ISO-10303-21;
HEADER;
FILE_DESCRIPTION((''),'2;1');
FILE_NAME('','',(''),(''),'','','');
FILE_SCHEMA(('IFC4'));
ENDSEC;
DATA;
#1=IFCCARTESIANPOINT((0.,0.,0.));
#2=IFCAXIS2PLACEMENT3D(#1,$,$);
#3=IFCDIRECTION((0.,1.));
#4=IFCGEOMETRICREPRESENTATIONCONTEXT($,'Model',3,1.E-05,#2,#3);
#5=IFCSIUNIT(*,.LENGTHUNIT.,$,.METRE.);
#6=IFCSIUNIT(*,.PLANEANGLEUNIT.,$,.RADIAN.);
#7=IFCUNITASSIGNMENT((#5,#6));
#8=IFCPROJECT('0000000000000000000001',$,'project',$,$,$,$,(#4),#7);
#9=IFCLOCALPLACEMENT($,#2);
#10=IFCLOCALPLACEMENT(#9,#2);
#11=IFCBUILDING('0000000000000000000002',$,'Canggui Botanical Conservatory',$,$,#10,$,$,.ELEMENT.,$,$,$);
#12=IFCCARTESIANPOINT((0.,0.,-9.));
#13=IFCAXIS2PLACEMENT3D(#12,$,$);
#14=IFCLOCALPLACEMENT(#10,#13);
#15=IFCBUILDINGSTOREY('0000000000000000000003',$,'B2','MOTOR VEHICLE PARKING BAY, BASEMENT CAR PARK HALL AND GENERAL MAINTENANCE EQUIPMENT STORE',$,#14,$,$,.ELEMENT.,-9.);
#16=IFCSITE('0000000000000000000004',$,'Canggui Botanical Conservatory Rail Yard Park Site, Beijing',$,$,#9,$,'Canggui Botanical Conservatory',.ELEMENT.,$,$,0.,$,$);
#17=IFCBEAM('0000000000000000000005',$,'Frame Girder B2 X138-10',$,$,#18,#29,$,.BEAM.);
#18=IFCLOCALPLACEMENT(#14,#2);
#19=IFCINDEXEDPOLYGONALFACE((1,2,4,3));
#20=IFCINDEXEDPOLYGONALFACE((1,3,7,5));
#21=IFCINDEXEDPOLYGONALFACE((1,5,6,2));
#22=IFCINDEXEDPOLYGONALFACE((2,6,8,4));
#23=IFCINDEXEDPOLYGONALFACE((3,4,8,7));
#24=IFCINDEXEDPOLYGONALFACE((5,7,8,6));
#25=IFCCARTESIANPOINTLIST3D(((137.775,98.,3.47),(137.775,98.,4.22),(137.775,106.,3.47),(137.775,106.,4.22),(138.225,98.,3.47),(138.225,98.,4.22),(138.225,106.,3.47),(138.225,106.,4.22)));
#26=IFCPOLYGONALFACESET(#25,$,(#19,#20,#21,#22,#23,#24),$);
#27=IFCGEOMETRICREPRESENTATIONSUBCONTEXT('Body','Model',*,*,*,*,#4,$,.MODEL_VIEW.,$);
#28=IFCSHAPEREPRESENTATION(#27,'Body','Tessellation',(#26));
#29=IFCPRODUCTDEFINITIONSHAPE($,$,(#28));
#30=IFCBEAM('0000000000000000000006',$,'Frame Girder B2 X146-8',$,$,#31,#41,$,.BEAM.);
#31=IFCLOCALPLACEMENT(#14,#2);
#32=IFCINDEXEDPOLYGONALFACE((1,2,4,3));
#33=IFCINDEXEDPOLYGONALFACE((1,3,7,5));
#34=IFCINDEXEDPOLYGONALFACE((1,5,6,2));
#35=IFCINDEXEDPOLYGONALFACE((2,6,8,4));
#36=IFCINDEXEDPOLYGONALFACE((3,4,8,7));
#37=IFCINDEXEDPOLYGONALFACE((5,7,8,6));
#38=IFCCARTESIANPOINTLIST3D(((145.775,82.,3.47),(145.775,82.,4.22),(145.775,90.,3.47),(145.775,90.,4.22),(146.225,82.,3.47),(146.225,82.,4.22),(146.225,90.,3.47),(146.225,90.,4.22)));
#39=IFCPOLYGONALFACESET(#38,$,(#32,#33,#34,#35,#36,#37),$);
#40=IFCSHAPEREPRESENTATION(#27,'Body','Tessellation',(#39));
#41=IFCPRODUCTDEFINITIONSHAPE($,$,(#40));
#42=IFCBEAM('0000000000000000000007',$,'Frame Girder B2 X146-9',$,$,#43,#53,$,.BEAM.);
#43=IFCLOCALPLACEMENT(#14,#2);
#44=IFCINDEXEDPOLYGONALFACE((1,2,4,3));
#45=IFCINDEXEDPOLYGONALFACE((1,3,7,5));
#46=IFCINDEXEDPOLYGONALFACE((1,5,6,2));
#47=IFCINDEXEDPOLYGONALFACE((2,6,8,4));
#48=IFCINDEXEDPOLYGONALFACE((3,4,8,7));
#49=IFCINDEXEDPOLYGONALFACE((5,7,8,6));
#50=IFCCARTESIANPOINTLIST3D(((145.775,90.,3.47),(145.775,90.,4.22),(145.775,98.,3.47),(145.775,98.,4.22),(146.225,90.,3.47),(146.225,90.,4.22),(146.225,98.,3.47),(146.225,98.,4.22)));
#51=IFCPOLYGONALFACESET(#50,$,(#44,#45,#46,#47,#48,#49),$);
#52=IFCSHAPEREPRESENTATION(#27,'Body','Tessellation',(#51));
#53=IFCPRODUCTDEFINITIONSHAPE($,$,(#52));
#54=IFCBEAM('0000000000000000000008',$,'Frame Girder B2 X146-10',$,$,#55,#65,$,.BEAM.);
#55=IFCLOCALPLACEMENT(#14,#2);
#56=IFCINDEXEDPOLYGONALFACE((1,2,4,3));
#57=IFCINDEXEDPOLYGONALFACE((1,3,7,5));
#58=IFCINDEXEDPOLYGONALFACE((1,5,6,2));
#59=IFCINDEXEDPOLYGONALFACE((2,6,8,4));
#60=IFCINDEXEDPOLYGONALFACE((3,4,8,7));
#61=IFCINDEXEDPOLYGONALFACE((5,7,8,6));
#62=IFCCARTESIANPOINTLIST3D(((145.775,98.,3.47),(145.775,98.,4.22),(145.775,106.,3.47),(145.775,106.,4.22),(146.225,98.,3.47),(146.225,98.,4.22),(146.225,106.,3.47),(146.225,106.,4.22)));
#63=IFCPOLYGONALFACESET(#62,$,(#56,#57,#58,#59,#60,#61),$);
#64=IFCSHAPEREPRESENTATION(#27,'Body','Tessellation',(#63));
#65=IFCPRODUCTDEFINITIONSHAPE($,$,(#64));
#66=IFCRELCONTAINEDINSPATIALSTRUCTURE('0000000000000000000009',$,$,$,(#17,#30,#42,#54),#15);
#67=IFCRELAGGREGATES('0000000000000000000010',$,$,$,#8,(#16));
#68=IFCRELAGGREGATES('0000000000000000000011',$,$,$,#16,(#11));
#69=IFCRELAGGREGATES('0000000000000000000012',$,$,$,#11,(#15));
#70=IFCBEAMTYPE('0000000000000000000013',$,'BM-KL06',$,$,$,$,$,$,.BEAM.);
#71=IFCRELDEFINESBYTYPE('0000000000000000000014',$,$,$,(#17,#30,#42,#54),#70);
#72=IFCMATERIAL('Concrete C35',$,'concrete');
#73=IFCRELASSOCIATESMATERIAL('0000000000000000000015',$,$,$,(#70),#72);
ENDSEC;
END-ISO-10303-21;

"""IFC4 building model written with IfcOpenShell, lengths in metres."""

from ifc_helpers import new_model, si_unit, direction, frame, origin, origin_2d, place, context, subcontext, project, spatial, rectangle, extrude, material, material_profile, profile_set, type_object, element, save


model = new_model("IFC4")

# Units and contexts
model_context = context("Model", 3, precision=1e-05, world=origin(), true_north=direction((0.0, 1.0)))
body_context = subcontext(model_context, "Body", "Model", "MODEL_VIEW")
ifc_project = project(units=[si_unit("LENGTHUNIT", "METRE"), si_unit("PLANEANGLEUNIT", "RADIAN")], contexts=[model_context])

# Site, building, storey
site_placement = place(None, origin())
site = spatial("IfcSite", under=ifc_project, at=site_placement, Name="Canggui Botanical Conservatory Rail Yard Park Site, Beijing", LongName="Canggui Botanical Conservatory", CompositionType="ELEMENT", RefElevation=0.0)
building_placement = place(site_placement, origin())
building = spatial("IfcBuilding", under=site, at=building_placement, Name="Canggui Botanical Conservatory", CompositionType="ELEMENT")
storey_placement = place(building_placement, frame((0.0, 0.0, -9.0)))
storey = spatial("IfcBuildingStorey", under=building, at=storey_placement, Name="B2", Description="MOTOR VEHICLE PARKING BAY, BASEMENT CAR PARK HALL AND GENERAL MAINTENANCE EQUIPMENT STORE", CompositionType="ELEMENT", Elevation=-9.0)

# Shared definitions
ifc_material_1 = material(Name="Concrete C35", Category="concrete")

# Beams
ifc_material_profile_1 = material_profile(ifc_material_1, rectangle(XDim=0.45, YDim=0.75, at=origin_2d()), Name="RB 450x750")
ifc_profile_set_1 = profile_set([ifc_material_profile_1], Name="Concrete C35")
beam_type_1 = type_object("IfcBeamType", Name="BM-KL06", PredefinedType="BEAM", material=ifc_profile_set_1)
for number, where, z_axis, x_axis, name in (
    (1, (138.0, 98.0, 3.845), (0.0, 1.0, 0.0), (-1.0, 0.0, 0.0), "Frame Girder B2 X138-10"),
    (2, (146.0, 82.0, 3.845), (0.0, 1.0, 0.0), (-1.0, 0.0, 0.0), "Frame Girder B2 X146-8"),
    (3, (146.0, 90.0, 3.845), (0.0, 1.0, 0.0), (-1.0, 0.0, 0.0), "Frame Girder B2 X146-9"),
    (4, (146.0, 98.0, 3.845), (0.0, 1.0, 0.0), (-1.0, 0.0, 0.0), "Frame Girder B2 X146-10"),
):
    element("IfcBeam", number, at=place(storey_placement, frame(where, z_axis=z_axis, x_axis=x_axis)), inside=storey, type_object=beam_type_1, Name=name, PredefinedType="BEAM", context=body_context, shape_type="SweptSolid", body=[
        extrude(rectangle(XDim=0.45, YDim=0.75, at=origin_2d()), origin(), (0.0, 0.0, 1.0), 8.0),
    ])

save(model, "model.ifc")
